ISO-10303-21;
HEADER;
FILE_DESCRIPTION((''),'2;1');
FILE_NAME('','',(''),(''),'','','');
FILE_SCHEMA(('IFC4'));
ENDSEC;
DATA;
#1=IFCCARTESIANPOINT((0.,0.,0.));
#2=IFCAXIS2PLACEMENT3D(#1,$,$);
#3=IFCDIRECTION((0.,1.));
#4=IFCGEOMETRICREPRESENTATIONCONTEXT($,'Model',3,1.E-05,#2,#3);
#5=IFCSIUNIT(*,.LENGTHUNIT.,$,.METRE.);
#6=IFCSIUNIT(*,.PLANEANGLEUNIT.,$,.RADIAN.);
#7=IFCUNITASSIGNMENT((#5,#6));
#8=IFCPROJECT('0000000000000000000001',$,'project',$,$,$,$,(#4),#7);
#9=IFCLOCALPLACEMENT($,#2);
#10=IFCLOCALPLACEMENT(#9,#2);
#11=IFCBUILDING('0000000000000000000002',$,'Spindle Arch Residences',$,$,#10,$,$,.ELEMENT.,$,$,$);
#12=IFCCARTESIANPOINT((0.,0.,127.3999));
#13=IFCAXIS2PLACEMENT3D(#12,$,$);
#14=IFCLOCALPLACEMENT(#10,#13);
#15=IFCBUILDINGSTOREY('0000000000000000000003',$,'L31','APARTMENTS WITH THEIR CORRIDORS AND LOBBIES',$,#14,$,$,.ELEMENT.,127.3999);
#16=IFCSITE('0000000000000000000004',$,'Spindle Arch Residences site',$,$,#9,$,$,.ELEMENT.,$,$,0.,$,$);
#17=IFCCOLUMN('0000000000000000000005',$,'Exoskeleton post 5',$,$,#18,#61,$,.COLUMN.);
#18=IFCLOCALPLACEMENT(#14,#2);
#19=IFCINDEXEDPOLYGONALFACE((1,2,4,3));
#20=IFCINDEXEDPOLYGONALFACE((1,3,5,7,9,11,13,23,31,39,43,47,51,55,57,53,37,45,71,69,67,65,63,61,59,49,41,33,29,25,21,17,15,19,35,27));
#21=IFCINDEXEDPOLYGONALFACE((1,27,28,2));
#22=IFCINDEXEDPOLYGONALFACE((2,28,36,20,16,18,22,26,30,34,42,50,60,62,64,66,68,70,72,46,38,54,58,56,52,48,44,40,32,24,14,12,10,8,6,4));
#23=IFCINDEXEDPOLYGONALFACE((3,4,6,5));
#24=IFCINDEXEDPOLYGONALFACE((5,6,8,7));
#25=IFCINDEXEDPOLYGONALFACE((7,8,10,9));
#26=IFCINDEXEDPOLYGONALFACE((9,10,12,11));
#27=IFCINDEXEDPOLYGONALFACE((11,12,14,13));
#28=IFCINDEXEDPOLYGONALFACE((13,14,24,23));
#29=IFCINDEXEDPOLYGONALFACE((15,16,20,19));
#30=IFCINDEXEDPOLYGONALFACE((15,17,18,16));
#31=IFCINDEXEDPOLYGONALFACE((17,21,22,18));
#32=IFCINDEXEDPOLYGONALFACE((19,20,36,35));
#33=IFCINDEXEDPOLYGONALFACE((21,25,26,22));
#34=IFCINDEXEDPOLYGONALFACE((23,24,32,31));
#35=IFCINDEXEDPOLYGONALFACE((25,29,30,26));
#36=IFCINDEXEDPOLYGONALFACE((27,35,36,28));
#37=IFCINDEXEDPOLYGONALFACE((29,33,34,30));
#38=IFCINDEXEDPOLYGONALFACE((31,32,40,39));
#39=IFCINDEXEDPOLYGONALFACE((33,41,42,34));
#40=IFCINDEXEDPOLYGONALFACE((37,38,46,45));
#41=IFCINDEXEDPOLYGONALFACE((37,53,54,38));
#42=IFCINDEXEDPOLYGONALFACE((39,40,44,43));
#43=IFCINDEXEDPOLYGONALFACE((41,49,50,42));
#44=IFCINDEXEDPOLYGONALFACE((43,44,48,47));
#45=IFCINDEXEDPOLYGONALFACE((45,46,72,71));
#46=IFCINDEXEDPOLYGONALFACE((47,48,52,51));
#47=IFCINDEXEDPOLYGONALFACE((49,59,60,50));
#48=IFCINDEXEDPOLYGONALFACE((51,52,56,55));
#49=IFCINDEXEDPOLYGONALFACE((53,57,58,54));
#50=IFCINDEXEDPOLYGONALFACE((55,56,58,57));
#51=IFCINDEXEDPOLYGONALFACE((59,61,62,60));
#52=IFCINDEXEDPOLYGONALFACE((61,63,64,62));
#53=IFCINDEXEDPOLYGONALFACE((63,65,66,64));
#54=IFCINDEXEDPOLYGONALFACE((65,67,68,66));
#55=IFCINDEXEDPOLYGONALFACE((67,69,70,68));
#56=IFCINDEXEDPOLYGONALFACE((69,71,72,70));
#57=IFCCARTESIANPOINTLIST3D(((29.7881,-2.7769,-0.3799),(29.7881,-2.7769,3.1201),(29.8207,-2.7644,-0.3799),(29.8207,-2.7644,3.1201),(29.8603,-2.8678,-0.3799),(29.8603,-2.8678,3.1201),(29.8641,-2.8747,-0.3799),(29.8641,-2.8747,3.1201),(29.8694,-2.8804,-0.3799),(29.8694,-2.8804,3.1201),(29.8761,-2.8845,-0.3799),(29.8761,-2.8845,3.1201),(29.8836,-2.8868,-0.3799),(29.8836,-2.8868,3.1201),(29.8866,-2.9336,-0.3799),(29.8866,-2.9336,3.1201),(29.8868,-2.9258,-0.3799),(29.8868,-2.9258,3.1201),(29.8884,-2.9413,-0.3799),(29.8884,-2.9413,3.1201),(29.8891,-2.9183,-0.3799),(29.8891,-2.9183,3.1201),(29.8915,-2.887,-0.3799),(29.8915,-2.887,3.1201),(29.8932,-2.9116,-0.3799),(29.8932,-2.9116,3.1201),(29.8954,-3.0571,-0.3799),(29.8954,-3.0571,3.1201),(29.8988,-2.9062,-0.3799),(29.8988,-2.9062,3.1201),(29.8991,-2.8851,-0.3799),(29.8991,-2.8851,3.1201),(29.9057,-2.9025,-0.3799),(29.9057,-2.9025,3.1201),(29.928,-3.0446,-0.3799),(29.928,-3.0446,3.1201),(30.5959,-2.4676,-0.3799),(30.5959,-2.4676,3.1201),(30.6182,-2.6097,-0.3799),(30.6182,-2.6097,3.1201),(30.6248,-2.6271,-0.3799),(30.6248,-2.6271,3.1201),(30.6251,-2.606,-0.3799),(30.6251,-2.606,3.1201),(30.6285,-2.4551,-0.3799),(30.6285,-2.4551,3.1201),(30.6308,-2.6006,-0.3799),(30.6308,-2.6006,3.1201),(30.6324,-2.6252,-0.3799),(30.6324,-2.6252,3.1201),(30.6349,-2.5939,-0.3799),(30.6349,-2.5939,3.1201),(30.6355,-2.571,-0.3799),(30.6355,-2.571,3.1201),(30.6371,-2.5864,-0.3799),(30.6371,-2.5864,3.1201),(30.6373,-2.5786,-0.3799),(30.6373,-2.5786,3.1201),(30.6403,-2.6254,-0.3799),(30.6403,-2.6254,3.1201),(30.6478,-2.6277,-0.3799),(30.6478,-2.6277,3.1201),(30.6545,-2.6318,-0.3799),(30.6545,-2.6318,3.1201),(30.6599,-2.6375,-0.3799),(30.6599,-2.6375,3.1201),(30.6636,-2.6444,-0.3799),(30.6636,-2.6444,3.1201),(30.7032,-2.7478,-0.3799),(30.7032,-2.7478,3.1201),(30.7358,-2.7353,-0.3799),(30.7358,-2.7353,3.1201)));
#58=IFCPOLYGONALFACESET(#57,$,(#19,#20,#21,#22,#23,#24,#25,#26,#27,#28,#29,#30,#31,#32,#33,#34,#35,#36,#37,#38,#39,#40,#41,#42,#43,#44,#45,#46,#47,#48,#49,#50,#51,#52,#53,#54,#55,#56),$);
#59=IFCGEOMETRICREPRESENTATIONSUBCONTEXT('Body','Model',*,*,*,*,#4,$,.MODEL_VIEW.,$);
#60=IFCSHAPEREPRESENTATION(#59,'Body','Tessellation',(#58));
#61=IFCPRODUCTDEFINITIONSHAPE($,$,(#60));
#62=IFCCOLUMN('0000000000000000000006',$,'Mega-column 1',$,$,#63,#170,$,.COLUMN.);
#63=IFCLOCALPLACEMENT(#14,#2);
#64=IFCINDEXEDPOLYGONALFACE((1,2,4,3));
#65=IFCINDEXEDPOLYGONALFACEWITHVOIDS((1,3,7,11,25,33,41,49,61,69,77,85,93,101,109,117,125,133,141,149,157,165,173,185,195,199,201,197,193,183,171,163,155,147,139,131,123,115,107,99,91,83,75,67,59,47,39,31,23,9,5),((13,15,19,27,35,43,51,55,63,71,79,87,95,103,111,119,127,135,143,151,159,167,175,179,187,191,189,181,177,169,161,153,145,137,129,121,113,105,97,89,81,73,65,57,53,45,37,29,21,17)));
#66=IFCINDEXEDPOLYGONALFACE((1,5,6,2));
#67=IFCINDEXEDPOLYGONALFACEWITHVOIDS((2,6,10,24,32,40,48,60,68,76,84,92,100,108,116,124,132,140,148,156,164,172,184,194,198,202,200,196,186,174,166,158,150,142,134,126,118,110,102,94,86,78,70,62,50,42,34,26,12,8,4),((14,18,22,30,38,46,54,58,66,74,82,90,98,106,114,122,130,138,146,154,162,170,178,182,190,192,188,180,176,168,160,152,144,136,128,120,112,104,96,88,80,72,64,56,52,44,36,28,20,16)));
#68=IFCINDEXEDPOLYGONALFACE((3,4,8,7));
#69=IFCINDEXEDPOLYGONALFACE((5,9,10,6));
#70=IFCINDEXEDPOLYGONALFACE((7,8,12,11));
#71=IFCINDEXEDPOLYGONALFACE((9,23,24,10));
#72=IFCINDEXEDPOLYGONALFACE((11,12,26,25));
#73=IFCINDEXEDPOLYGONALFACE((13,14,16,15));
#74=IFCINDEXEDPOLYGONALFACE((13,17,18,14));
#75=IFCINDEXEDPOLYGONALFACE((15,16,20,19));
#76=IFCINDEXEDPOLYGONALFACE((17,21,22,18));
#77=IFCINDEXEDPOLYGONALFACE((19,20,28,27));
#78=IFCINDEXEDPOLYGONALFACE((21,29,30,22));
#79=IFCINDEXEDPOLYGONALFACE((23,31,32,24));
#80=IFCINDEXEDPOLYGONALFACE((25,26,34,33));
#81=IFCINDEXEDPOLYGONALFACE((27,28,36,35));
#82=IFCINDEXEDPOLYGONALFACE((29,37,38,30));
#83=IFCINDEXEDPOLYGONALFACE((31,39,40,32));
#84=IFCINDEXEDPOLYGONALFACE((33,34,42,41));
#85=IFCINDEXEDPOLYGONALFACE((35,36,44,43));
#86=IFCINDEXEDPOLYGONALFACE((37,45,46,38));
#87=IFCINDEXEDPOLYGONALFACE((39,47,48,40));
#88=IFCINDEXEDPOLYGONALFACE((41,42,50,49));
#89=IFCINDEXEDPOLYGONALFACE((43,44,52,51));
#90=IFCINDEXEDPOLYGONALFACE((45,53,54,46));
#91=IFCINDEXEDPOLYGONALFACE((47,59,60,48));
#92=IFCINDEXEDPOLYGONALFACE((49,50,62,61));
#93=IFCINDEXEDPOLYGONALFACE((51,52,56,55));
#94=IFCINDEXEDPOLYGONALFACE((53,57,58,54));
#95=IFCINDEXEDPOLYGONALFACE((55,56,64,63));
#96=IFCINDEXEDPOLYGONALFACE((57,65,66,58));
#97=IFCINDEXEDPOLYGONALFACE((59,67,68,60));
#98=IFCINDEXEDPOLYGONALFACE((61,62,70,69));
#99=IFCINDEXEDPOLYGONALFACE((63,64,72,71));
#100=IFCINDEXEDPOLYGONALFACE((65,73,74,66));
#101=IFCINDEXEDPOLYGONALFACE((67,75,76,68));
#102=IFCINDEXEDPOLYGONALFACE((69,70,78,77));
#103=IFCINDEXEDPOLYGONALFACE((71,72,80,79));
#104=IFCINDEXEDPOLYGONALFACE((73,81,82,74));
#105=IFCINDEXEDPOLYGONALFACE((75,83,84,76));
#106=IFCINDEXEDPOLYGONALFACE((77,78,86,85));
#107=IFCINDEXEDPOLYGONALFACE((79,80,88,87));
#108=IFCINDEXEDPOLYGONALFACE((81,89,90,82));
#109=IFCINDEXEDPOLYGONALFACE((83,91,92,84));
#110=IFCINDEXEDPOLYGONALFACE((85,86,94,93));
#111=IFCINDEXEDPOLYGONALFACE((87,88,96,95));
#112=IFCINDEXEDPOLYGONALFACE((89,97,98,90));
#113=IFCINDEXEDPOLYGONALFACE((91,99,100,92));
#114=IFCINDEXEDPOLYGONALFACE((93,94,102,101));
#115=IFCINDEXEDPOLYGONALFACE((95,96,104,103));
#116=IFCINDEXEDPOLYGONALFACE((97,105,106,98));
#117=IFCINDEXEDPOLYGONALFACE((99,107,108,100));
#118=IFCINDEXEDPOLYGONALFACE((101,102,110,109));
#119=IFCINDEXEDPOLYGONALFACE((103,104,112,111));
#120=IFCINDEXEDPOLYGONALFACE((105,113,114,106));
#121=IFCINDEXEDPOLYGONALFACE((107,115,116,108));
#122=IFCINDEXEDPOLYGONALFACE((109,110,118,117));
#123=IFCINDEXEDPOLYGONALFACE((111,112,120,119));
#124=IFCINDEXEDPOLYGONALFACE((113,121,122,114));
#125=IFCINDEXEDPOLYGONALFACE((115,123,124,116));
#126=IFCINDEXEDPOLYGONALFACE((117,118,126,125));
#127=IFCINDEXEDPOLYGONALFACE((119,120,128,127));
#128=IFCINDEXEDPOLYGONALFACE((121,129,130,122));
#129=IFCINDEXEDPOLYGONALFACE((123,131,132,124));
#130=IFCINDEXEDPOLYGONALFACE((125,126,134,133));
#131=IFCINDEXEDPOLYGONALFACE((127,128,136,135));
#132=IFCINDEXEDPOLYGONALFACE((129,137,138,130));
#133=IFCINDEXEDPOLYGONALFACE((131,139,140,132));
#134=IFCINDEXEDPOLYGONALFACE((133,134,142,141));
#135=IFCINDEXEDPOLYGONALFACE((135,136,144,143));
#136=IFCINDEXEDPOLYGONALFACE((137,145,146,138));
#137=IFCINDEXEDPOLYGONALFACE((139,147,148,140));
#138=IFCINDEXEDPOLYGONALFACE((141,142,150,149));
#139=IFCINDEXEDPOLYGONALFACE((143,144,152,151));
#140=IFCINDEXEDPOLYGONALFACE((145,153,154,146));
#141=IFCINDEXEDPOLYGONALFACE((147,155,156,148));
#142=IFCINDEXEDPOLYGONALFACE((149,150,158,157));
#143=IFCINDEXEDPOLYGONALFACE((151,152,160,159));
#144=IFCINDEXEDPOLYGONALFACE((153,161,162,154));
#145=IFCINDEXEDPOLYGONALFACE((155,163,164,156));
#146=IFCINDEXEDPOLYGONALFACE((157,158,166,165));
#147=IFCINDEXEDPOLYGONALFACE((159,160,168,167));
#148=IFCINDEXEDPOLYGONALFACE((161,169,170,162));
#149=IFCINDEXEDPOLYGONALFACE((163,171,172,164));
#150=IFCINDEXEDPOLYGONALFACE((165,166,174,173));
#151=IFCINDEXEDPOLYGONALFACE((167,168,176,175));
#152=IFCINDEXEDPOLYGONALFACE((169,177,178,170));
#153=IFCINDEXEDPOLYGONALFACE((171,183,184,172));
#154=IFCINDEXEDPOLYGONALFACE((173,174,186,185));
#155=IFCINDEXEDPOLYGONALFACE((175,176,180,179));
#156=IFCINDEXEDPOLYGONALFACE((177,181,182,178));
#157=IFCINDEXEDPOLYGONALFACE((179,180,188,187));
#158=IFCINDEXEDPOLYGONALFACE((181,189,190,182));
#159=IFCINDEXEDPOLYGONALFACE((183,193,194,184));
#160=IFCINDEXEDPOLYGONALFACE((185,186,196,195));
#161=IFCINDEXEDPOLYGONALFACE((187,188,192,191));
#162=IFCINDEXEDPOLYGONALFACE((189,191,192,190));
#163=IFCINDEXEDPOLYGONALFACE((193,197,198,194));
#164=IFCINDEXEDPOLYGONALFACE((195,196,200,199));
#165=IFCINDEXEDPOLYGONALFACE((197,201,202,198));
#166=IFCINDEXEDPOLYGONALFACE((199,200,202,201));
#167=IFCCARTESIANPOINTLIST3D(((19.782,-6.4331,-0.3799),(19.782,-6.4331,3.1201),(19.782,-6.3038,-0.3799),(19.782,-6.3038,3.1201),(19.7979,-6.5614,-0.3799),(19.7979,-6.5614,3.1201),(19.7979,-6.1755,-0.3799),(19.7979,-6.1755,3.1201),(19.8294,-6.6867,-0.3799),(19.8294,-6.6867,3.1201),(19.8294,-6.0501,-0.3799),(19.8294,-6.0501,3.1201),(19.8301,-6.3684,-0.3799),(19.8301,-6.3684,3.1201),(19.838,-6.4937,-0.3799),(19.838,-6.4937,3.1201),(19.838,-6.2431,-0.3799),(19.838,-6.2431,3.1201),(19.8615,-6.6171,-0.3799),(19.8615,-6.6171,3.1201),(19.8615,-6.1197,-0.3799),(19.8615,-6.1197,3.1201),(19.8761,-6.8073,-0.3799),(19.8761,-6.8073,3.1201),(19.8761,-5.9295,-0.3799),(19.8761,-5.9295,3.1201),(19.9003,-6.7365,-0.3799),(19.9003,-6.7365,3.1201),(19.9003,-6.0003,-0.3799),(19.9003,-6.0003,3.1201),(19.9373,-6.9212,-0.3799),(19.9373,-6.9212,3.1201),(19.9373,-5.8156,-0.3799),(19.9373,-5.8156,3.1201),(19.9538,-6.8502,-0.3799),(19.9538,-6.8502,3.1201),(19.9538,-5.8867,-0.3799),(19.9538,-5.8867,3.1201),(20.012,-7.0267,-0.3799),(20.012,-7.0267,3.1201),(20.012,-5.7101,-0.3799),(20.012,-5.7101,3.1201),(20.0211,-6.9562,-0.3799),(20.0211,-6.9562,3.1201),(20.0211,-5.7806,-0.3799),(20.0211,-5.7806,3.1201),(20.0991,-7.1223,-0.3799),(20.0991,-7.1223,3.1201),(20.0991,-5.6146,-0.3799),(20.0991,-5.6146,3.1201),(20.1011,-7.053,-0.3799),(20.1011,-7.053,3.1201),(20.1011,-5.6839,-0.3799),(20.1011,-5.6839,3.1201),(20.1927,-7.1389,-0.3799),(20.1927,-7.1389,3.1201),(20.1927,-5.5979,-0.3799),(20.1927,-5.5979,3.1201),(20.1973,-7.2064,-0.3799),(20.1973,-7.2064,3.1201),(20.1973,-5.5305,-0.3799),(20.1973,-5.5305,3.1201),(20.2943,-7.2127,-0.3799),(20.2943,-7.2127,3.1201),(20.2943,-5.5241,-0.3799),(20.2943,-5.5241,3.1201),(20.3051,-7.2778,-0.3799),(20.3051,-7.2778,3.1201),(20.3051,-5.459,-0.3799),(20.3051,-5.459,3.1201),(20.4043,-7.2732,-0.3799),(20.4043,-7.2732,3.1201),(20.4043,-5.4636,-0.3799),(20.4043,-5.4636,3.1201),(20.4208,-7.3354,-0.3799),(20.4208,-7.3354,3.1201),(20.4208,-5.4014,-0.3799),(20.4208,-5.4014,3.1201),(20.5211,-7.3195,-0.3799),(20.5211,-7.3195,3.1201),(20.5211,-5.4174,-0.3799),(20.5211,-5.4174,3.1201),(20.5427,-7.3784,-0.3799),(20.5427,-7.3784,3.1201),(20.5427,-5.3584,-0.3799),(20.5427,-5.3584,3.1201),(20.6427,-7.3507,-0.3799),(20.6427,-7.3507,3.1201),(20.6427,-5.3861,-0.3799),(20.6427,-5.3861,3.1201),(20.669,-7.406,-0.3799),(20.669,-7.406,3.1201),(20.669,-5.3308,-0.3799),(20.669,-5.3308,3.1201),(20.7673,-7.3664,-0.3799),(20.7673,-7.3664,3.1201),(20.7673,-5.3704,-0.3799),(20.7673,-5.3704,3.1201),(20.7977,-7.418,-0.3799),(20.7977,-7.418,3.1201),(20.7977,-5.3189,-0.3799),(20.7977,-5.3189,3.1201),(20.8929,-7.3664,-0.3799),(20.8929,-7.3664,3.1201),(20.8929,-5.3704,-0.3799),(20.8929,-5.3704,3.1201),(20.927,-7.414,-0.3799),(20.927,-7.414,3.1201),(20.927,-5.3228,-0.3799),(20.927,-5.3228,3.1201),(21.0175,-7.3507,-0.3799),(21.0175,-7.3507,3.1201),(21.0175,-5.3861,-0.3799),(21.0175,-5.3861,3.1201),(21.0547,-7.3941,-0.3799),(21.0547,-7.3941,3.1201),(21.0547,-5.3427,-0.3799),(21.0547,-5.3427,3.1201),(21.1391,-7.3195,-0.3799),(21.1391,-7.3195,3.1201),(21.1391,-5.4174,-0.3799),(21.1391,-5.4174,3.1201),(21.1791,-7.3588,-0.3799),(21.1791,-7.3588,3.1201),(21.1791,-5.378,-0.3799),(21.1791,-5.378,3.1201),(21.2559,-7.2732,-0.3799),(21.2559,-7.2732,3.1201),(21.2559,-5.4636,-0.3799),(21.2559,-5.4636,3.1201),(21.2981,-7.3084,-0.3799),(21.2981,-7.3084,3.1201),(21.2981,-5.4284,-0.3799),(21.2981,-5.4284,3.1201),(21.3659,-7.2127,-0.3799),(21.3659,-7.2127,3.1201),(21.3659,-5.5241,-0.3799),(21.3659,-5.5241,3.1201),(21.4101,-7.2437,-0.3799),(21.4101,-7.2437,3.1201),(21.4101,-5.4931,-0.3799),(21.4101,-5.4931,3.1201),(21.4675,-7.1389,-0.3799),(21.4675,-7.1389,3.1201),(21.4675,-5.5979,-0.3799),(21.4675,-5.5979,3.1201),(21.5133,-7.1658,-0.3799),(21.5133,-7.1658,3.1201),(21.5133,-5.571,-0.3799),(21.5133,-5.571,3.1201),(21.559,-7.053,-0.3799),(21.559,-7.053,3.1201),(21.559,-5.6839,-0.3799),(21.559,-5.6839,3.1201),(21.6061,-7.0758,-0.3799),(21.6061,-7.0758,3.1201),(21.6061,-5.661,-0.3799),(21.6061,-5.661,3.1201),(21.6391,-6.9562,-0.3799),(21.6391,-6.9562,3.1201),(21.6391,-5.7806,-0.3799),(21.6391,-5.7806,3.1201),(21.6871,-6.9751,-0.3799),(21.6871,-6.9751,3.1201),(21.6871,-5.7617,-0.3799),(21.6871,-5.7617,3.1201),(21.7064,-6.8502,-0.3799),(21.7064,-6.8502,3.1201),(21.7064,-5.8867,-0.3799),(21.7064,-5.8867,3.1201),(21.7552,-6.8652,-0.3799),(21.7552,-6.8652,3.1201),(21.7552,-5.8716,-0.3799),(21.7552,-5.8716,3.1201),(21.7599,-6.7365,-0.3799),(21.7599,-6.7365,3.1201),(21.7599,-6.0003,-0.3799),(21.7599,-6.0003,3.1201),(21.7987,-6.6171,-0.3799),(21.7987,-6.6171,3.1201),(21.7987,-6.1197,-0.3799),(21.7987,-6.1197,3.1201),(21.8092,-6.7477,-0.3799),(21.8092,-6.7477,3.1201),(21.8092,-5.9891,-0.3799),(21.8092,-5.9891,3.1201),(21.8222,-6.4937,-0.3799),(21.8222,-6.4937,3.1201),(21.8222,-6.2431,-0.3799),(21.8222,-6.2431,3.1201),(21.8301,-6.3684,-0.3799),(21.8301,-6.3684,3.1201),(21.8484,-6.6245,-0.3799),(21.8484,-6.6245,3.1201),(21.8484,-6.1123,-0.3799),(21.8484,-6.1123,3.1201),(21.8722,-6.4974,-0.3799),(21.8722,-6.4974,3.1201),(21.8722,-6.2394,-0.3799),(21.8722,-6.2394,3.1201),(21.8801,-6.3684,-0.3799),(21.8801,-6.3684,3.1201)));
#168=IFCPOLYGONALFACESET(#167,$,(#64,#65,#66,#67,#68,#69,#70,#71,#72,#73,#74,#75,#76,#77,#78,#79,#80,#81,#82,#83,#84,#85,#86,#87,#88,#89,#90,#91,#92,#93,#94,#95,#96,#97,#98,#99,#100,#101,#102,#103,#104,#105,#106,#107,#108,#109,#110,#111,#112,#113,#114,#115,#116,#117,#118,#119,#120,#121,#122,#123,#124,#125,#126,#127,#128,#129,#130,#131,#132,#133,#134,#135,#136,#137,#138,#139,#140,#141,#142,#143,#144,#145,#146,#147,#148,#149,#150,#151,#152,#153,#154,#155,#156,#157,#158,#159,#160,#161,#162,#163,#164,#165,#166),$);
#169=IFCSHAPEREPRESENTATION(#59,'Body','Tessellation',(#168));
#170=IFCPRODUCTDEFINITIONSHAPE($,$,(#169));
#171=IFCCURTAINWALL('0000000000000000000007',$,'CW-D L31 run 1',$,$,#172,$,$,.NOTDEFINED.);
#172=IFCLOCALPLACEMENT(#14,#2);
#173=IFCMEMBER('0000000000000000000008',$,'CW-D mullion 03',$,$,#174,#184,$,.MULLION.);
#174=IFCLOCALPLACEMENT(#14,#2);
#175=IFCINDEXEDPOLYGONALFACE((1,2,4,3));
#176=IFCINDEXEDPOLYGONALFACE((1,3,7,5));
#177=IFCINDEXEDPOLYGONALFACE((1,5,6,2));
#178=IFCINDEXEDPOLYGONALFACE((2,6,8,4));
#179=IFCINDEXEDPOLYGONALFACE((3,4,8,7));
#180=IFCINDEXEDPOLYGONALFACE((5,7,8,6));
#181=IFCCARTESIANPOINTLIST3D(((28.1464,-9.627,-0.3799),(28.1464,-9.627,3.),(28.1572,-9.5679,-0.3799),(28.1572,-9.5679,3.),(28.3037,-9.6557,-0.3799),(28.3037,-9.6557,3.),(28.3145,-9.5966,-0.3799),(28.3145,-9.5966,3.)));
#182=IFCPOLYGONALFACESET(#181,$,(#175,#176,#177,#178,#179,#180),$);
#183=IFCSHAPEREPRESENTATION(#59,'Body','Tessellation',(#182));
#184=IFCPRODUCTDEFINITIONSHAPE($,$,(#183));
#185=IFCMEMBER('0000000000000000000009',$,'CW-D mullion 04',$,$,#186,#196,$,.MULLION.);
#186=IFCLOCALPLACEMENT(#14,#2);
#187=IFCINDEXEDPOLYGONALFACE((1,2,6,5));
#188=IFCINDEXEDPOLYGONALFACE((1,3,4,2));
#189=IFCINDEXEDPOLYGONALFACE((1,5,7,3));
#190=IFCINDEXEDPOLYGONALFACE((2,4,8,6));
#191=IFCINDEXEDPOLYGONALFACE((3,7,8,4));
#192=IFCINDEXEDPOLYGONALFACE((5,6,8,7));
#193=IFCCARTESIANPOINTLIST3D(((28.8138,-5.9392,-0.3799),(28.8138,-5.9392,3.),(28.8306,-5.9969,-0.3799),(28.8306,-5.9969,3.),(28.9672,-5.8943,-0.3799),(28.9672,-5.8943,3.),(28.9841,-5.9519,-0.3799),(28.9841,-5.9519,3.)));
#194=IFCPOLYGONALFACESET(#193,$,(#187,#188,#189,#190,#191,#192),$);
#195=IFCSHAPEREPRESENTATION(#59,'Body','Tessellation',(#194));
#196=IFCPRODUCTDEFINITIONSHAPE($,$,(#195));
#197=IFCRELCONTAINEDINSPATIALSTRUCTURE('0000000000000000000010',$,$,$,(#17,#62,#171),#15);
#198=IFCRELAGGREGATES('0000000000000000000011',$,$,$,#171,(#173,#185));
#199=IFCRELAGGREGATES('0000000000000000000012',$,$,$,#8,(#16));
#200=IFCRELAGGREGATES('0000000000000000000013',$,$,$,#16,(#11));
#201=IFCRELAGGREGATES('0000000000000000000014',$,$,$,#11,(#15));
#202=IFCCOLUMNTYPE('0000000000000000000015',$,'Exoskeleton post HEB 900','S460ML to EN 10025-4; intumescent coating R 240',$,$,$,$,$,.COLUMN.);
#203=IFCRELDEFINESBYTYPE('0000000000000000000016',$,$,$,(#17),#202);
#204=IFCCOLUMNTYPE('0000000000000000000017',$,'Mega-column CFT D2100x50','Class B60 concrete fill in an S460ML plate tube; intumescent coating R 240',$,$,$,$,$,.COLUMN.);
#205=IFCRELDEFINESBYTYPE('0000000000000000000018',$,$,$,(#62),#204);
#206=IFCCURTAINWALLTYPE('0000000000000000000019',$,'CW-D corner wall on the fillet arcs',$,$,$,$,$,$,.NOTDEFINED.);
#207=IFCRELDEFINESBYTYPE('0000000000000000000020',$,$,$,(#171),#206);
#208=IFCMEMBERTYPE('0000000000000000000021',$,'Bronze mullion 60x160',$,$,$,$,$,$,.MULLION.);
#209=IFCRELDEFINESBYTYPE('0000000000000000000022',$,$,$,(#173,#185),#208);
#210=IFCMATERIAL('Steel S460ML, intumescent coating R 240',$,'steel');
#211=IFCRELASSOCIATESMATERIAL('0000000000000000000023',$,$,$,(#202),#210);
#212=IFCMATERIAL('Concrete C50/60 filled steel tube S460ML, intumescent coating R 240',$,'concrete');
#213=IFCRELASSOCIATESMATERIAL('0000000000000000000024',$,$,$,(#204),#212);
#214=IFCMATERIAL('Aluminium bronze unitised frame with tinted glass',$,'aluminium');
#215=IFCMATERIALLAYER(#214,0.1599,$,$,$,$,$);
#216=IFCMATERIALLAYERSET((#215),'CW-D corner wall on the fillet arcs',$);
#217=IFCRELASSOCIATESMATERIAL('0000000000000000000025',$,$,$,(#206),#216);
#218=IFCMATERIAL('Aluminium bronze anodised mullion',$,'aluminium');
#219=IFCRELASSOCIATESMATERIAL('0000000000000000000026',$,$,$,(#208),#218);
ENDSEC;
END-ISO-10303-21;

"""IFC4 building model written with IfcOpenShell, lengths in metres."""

from ifc_helpers import new_model, si_unit, direction, frame, origin, origin_2d, place, context, subcontext, project, spatial, rectangle, hollow_circle, i_section, extrude, material, layer, layer_set, material_profile, profile_set, type_object, element, aggregate, save


model = new_model("IFC4")

# Units and contexts
model_context = context("Model", 3, precision=1e-05, world=origin(), true_north=direction((0.0, 1.0)))
body_context = subcontext(model_context, "Body", "Model", "MODEL_VIEW")
ifc_project = project(units=[si_unit("LENGTHUNIT", "METRE"), si_unit("PLANEANGLEUNIT", "RADIAN")], contexts=[model_context])

# Site, building, storey
site_placement = place(None, origin())
site = spatial("IfcSite", under=ifc_project, at=site_placement, Name="Spindle Arch Residences site", CompositionType="ELEMENT", RefElevation=0.0)
building_placement = place(site_placement, origin())
building = spatial("IfcBuilding", under=site, at=building_placement, Name="Spindle Arch Residences", CompositionType="ELEMENT")
storey_placement = place(building_placement, frame((0.0, 0.0, 127.3999)))
storey = spatial("IfcBuildingStorey", under=building, at=storey_placement, Name="L31", Description="APARTMENTS WITH THEIR CORRIDORS AND LOBBIES", CompositionType="ELEMENT", Elevation=127.3999)

# Columns
ifc_material_1 = material(Name="Steel S460ML, intumescent coating R 240", Category="steel")
ifc_material_profile_1 = material_profile(ifc_material_1, i_section(OverallWidth=0.3, OverallDepth=0.8999, WebThickness=0.0186, FlangeThickness=0.0349, FilletRadius=0.03, at=origin_2d()), Name="HEB 900")
ifc_profile_set_1 = profile_set([ifc_material_profile_1], Name="Steel S460ML, intumescent coating R 240")
column_type_1 = type_object("IfcColumnType", Name="Exoskeleton post HEB 900", Description="S460ML to EN 10025-4; intumescent coating R 240", PredefinedType="COLUMN", material=ifc_profile_set_1)
column_1_placement = place(storey_placement, frame((30.262, -2.7561, -0.3799), z_axis=(0.0, 0.0, 1.0), x_axis=(0.357665, -0.93385, 0.0)))
element("IfcColumn", 1, at=column_1_placement, inside=storey, type_object=column_type_1, Name="Exoskeleton post 5", PredefinedType="COLUMN", context=body_context, shape_type="SweptSolid", body=[
    extrude(i_section(OverallWidth=0.3, OverallDepth=0.8999, WebThickness=0.0186, FlangeThickness=0.0349, FilletRadius=0.03, at=origin_2d()), origin(), (0.0, 0.0, 1.0), 3.5),
])
ifc_material_2 = material(Name="Concrete C50/60 filled steel tube S460ML, intumescent coating R 240", Category="concrete")
ifc_material_profile_2 = material_profile(ifc_material_2, hollow_circle(Radius=1.05, WallThickness=0.05, at=origin_2d()), Name="CFT D2100x50")
ifc_profile_set_2 = profile_set([ifc_material_profile_2], Name="Concrete C50/60 filled steel tube S460ML, intumescent coating R 240")
column_type_2 = type_object("IfcColumnType", Name="Mega-column CFT D2100x50", Description="Class B60 concrete fill in an S460ML plate tube; intumescent coating R 240", PredefinedType="COLUMN", material=ifc_profile_set_2)
column_2_placement = place(storey_placement, frame((20.8301, -6.3684, -0.3799), z_axis=(0.0, 0.0, 1.0), x_axis=(1.0, 0.0, 0.0)))
element("IfcColumn", 2, at=column_2_placement, inside=storey, type_object=column_type_2, Name="Mega-column 1", PredefinedType="COLUMN", context=body_context, shape_type="SweptSolid", body=[
    extrude(hollow_circle(Radius=1.05, WallThickness=0.05, at=origin_2d()), origin(), (0.0, 0.0, 1.0), 3.5),
])

# Curtain wall, members
ifc_material_3 = material(Name="Aluminium bronze unitised frame with tinted glass", Category="aluminium")
ifc_layer_1 = layer(ifc_material_3, 0.1599)
ifc_layer_set_1 = layer_set([ifc_layer_1], Name="CW-D corner wall on the fillet arcs")
curtain_wall_type = type_object("IfcCurtainWallType", Name="CW-D corner wall on the fillet arcs", PredefinedType="NOTDEFINED", material=ifc_layer_set_1)
curtain_wall_placement = place(storey_placement, origin())
curtain_wall = element("IfcCurtainWall", 3, at=curtain_wall_placement, inside=storey, type_object=curtain_wall_type, Name="CW-D L31 run 1", PredefinedType="NOTDEFINED")
ifc_material_4 = material(Name="Aluminium bronze anodised mullion", Category="aluminium")
ifc_material_profile_3 = material_profile(ifc_material_4, rectangle(XDim=0.1599, YDim=0.0601, at=origin_2d()), Name="MU 60x160")
ifc_profile_set_3 = profile_set([ifc_material_profile_3], Name="Aluminium bronze anodised mullion")
member_type_1 = type_object("IfcMemberType", Name="Bronze mullion 60x160", PredefinedType="MULLION", material=ifc_profile_set_3)
member_1_placement = place(storey_placement, frame((28.2305, -9.6118, -0.3799), z_axis=(0.0, 0.0, 1.0), x_axis=(-0.983781, 0.179375, 0.0)))
member_1 = element("IfcMember", 4, at=member_1_placement, type_object=member_type_1, Name="CW-D mullion 03", PredefinedType="MULLION", context=body_context, shape_type="SweptSolid", body=[
    extrude(rectangle(XDim=0.1599, YDim=0.0601, at=origin_2d()), origin(), (0.0, 0.0, 1.0), 3.3799),
])
member_2_placement = place(storey_placement, frame((28.8989, -5.9456, -0.3799), z_axis=(0.0, 0.0, 1.0), x_axis=(-0.959642, -0.281225, 0.0)))
member_2 = element("IfcMember", 5, at=member_2_placement, type_object=member_type_1, Name="CW-D mullion 04", PredefinedType="MULLION", context=body_context, shape_type="SweptSolid", body=[
    extrude(rectangle(XDim=0.1599, YDim=0.0601, at=origin_2d()), origin(), (0.0, 0.0, 1.0), 3.3799),
])

aggregate(curtain_wall, [member_1, member_2])

save(model, "model.ifc")
